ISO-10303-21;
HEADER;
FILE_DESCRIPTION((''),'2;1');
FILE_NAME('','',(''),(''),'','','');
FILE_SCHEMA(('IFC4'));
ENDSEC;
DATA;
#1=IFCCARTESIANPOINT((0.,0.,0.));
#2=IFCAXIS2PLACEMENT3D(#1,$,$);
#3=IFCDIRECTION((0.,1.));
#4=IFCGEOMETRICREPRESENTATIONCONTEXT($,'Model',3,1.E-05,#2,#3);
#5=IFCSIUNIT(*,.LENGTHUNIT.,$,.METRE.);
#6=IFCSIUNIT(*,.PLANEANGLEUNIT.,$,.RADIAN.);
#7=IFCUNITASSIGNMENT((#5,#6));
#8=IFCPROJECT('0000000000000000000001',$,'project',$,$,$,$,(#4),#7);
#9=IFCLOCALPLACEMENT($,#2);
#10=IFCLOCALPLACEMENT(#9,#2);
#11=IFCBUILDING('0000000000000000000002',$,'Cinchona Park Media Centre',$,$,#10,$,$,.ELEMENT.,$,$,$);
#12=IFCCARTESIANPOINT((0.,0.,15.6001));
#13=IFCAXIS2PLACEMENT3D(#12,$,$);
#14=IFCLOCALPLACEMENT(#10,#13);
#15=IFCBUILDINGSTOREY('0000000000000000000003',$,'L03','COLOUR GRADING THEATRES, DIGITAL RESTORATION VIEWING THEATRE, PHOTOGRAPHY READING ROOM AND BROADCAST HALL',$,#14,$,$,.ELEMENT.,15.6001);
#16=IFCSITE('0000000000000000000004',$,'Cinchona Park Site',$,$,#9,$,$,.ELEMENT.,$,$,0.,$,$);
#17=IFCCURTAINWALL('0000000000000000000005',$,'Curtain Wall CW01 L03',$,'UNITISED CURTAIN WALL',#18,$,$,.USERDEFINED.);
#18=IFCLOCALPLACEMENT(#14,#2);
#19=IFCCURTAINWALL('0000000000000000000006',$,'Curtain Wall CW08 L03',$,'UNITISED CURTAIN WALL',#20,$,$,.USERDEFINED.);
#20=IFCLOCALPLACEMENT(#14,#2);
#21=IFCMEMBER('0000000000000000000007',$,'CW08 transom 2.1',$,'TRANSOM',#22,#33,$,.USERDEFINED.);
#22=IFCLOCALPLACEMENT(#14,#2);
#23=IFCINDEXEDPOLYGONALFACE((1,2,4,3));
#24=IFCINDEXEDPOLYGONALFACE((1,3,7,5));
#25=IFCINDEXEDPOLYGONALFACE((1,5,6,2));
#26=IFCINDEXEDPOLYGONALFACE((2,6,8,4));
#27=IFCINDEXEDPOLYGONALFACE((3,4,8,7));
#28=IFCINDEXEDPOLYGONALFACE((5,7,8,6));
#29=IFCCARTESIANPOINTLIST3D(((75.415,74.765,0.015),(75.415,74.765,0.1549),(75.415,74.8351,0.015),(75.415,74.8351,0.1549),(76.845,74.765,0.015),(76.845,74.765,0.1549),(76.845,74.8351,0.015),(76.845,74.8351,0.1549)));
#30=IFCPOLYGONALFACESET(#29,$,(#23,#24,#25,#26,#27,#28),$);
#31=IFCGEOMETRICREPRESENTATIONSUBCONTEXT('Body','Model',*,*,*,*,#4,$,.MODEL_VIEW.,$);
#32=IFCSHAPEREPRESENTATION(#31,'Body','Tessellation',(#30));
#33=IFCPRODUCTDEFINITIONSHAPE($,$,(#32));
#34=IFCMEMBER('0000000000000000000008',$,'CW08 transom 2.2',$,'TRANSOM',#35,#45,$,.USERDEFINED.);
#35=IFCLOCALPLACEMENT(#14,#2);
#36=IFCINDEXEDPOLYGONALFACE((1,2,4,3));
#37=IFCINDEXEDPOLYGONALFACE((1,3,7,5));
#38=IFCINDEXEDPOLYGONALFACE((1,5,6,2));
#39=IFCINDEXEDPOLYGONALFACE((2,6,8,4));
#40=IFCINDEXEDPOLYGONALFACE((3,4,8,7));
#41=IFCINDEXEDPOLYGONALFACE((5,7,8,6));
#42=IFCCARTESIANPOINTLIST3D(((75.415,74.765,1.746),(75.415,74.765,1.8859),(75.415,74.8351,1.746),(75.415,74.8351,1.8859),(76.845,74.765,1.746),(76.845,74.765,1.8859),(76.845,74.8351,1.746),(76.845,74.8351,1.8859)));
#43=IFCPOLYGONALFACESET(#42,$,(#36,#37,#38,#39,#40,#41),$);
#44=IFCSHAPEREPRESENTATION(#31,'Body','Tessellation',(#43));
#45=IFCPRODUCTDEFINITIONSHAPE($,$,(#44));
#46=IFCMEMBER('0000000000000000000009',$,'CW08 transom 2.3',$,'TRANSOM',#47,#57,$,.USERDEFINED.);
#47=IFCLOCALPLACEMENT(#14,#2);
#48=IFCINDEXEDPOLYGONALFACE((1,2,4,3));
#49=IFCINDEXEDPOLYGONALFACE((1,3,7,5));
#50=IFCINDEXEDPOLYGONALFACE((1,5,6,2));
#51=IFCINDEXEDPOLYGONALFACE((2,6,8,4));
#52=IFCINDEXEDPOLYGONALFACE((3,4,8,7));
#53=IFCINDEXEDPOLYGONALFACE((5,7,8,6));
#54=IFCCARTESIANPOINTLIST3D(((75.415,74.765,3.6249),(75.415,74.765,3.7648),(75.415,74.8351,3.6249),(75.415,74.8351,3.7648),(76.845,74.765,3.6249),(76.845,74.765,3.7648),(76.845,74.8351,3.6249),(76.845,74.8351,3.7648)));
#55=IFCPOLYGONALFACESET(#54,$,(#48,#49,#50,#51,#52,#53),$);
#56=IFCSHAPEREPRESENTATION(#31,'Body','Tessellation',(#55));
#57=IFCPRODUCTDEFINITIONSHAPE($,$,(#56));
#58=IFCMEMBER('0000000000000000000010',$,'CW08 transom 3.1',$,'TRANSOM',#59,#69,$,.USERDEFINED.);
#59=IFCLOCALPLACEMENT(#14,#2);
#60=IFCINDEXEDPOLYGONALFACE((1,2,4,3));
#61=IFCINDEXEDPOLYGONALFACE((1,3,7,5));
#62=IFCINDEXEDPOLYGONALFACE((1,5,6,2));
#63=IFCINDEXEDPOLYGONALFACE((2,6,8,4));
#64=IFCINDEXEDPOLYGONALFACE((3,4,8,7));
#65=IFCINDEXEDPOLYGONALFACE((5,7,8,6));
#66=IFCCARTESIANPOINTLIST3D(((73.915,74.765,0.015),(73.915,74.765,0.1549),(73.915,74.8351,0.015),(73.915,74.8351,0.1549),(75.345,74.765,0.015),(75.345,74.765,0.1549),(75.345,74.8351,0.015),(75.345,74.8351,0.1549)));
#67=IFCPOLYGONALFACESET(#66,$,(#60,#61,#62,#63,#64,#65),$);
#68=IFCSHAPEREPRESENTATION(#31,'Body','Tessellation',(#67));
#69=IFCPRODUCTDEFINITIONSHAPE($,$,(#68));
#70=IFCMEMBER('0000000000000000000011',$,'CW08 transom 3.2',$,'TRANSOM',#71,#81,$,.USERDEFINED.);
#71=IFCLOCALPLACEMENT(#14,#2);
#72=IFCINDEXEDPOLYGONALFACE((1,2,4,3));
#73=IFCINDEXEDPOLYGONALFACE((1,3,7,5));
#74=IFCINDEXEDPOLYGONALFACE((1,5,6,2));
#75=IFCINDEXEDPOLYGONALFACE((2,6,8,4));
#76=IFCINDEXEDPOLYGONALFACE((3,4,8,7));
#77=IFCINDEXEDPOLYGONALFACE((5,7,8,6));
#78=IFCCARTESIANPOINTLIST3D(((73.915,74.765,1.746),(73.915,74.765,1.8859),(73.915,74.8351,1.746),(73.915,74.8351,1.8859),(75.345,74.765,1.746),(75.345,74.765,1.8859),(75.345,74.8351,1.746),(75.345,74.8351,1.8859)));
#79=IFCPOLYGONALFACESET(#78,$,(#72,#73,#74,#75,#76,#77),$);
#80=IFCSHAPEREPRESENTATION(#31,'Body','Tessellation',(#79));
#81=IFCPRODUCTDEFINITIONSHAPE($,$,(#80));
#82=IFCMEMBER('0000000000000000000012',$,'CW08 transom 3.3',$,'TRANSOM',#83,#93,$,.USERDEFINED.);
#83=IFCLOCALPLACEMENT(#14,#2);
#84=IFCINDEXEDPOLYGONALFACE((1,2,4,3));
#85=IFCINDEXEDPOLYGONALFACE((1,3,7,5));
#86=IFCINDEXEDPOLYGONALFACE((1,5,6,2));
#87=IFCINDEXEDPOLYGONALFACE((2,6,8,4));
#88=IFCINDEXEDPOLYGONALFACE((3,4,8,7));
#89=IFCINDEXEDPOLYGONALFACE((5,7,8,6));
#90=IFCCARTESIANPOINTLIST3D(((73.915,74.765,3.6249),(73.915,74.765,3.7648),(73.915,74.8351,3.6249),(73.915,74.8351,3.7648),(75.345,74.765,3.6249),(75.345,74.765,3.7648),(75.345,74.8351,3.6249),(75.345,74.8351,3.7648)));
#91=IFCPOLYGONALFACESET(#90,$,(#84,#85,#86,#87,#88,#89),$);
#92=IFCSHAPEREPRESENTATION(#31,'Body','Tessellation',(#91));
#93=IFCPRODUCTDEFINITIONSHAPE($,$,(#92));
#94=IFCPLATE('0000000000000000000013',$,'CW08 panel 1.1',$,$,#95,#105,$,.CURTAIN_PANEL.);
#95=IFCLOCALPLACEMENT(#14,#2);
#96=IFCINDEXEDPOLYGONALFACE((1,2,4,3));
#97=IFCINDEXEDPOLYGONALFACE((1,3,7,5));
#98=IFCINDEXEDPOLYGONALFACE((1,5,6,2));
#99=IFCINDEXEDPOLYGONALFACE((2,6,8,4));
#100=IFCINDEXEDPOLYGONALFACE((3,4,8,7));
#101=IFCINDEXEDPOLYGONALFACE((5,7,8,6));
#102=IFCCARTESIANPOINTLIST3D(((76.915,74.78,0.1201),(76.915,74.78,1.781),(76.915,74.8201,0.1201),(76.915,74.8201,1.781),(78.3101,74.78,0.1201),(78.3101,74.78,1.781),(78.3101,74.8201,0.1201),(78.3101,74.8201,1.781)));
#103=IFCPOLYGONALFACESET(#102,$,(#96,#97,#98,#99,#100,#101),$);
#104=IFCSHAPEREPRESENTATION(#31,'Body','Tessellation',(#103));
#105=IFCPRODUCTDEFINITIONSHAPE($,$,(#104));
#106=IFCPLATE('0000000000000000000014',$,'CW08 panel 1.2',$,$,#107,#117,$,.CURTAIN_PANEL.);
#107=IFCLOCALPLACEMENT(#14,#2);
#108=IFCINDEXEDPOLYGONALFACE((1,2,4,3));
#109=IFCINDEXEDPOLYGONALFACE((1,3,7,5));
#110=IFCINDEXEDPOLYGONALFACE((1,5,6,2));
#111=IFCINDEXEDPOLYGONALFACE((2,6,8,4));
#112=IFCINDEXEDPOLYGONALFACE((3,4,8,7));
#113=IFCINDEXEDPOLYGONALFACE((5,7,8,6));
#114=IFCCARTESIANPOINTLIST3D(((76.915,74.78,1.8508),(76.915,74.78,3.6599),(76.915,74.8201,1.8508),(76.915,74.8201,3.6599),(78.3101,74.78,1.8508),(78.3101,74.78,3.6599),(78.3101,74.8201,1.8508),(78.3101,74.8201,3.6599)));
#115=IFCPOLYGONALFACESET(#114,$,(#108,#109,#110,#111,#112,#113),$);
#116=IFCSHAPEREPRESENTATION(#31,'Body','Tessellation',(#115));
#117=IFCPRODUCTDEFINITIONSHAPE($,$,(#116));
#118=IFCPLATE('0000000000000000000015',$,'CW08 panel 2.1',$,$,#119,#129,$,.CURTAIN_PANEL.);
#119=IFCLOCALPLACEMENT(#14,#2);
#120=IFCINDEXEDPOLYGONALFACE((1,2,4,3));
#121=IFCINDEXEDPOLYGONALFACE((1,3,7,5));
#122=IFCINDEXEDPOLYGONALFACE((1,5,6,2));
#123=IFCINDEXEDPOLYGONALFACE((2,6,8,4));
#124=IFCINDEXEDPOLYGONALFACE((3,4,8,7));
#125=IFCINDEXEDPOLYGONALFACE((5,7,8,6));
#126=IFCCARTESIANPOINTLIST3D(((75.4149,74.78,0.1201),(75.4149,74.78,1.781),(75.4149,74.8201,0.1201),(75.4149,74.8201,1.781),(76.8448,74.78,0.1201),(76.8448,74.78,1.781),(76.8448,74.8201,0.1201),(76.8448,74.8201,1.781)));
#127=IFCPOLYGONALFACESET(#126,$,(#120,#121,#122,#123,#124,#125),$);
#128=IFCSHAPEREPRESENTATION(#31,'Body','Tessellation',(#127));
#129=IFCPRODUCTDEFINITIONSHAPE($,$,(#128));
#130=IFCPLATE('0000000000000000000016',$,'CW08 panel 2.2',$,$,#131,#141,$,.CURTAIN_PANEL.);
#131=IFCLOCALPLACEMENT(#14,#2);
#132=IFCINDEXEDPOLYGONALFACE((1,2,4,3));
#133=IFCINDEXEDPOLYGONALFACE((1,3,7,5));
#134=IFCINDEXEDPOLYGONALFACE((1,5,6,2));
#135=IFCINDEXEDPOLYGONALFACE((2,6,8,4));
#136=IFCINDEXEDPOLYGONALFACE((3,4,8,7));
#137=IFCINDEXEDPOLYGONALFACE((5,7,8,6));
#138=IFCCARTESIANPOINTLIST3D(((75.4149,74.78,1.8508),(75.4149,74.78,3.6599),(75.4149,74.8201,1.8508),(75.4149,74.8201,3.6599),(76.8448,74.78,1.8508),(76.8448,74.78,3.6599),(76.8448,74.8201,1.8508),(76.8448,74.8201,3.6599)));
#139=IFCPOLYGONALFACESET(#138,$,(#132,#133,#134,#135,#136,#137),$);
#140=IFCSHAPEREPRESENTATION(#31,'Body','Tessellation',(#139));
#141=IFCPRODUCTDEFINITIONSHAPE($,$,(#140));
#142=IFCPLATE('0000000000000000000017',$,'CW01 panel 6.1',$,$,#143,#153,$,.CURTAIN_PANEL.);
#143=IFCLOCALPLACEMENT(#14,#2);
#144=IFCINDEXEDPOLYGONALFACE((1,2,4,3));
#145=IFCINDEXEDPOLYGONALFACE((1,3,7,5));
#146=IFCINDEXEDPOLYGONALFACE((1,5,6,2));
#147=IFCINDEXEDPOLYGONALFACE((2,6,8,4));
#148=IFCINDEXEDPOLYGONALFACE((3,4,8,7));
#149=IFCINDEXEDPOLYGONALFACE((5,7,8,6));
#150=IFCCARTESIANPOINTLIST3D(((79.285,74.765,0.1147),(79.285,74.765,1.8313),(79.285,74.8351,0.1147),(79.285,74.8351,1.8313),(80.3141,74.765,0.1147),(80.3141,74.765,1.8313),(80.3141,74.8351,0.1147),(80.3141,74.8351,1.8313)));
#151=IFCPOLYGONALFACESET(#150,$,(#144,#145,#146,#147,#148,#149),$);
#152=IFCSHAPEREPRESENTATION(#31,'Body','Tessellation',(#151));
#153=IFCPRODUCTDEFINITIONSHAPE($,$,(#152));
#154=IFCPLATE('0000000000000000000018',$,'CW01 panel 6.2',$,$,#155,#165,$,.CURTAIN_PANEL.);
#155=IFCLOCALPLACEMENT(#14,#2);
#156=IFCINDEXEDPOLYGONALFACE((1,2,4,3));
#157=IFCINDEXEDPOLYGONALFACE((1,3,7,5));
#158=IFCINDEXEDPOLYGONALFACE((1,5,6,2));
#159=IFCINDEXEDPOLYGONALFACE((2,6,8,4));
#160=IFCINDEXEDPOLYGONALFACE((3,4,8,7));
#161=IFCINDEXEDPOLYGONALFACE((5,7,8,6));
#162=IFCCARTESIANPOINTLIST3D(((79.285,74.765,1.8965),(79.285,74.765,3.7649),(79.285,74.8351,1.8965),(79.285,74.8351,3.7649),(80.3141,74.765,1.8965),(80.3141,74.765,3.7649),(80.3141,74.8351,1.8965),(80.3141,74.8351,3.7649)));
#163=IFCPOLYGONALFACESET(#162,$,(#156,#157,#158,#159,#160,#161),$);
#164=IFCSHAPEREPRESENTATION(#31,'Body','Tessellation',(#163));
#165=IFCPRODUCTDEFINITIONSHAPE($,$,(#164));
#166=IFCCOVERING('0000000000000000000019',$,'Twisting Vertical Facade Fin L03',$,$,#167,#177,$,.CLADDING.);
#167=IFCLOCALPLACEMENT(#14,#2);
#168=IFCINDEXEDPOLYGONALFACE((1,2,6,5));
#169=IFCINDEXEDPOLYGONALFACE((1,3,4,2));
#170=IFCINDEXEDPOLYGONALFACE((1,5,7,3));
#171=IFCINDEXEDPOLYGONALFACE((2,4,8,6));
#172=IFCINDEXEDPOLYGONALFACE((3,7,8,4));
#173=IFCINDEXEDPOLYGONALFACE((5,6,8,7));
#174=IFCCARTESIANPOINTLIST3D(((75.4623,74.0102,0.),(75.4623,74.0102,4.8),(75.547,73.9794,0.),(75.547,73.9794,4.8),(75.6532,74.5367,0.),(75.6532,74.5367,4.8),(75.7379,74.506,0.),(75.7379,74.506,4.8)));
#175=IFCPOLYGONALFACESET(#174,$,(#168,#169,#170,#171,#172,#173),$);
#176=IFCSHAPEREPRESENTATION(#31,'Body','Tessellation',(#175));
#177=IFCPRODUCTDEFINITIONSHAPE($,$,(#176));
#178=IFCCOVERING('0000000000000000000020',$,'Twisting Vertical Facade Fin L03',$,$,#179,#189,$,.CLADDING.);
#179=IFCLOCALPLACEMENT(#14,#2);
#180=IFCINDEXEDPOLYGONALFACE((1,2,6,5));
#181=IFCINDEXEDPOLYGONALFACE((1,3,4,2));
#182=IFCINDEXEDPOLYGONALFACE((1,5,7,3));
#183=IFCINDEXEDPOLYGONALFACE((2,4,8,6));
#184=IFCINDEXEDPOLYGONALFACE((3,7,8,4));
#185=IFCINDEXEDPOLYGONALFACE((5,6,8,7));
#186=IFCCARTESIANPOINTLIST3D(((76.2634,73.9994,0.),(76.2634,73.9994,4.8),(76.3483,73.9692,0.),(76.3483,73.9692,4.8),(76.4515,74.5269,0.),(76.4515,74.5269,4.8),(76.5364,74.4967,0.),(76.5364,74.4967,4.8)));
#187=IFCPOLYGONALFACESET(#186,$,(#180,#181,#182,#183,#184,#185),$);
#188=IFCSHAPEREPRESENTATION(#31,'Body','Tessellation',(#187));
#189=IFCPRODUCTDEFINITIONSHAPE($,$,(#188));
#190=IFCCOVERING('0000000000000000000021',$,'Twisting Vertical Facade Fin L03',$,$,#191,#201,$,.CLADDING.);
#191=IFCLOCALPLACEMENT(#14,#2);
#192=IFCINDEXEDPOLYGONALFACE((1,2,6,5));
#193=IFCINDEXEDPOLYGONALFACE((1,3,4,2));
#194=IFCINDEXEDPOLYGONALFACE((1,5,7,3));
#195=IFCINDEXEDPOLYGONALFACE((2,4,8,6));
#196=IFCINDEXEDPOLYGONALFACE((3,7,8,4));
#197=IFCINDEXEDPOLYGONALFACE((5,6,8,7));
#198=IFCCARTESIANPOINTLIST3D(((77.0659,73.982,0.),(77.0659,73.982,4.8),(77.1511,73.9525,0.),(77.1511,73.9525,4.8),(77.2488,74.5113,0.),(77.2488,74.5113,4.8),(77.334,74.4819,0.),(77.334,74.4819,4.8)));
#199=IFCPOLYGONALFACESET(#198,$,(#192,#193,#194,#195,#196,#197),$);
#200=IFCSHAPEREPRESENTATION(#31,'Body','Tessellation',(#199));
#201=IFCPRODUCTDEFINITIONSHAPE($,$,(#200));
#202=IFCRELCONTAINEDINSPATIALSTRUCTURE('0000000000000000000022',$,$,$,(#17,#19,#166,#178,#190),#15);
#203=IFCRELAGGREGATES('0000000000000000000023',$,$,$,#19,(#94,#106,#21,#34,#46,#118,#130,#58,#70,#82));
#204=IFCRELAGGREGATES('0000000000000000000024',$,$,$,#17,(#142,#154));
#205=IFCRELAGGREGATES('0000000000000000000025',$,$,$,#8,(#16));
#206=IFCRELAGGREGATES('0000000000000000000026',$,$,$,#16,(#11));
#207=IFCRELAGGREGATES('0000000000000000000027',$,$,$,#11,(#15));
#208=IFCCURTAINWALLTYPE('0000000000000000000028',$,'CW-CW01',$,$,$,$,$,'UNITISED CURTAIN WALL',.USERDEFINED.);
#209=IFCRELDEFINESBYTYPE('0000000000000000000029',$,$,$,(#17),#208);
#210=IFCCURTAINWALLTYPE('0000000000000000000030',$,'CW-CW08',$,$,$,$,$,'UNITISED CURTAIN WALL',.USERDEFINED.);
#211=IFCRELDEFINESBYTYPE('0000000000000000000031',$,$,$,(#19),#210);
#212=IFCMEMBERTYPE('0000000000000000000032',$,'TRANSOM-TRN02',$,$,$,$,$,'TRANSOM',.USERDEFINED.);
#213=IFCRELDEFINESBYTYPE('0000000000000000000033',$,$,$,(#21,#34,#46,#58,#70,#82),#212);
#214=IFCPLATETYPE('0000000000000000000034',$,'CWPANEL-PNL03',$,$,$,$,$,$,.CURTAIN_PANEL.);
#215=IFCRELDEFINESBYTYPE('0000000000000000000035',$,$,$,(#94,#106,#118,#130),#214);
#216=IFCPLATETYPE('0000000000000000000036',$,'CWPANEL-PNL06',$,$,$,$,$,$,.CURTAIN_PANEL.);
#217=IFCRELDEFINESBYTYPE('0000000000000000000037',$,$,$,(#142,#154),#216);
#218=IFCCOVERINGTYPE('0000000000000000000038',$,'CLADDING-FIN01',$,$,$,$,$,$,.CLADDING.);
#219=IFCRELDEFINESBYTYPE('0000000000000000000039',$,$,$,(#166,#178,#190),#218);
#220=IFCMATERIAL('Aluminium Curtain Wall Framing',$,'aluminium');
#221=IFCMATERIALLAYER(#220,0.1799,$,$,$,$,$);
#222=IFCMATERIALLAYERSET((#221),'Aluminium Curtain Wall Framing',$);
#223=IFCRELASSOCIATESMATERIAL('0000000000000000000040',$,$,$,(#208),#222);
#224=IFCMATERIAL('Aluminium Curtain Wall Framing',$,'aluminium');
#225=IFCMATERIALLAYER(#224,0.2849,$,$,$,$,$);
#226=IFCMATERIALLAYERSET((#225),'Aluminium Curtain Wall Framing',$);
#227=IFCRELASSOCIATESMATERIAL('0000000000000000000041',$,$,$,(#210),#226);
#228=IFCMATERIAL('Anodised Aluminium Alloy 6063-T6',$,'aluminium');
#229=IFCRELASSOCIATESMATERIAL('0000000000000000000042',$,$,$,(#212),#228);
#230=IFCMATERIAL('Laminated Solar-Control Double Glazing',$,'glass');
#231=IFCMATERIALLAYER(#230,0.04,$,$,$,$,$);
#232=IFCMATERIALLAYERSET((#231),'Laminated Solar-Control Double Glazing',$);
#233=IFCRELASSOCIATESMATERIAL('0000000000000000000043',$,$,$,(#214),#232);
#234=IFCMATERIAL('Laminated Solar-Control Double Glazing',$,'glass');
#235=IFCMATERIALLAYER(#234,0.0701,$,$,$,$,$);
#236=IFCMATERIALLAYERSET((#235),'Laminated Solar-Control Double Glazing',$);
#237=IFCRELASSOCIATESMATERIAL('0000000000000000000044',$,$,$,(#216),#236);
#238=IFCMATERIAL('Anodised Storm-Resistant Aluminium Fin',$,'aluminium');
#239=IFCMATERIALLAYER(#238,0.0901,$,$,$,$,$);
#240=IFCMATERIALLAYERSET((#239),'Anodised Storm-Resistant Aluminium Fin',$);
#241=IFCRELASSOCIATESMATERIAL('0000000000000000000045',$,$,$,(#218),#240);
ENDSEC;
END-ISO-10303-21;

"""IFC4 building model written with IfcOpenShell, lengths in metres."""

from ifc_helpers import new_model, si_unit, direction, frame, origin, origin_2d, place, context, subcontext, project, spatial, rectangle, extrude, material, layer, layer_set, material_profile, profile_set, type_object, element, aggregate, save


model = new_model("IFC4")

# Units and contexts
model_context = context("Model", 3, precision=1e-05, world=origin(), true_north=direction((0.0, 1.0)))
body_context = subcontext(model_context, "Body", "Model", "MODEL_VIEW")
ifc_project = project(units=[si_unit("LENGTHUNIT", "METRE"), si_unit("PLANEANGLEUNIT", "RADIAN")], contexts=[model_context])

# Site, building, storey
site_placement = place(None, origin())
site = spatial("IfcSite", under=ifc_project, at=site_placement, Name="Cinchona Park Site", CompositionType="ELEMENT", RefElevation=0.0)
building_placement = place(site_placement, origin())
building = spatial("IfcBuilding", under=site, at=building_placement, Name="Cinchona Park Media Centre", CompositionType="ELEMENT")
storey_placement = place(building_placement, frame((0.0, 0.0, 15.6001)))
storey = spatial("IfcBuildingStorey", under=building, at=storey_placement, Name="L03", Description="COLOUR GRADING THEATRES, DIGITAL RESTORATION VIEWING THEATRE, PHOTOGRAPHY READING ROOM AND BROADCAST HALL", CompositionType="ELEMENT", Elevation=15.6001)

# Curtain walls
ifc_material_1 = material(Name="Aluminium Curtain Wall Framing", Category="aluminium")
ifc_layer_1 = layer(ifc_material_1, 0.1799)
ifc_layer_set_1 = layer_set([ifc_layer_1], Name="Aluminium Curtain Wall Framing")
curtain_wall_type_1 = type_object("IfcCurtainWallType", Name="CW-CW01", ElementType="UNITISED CURTAIN WALL", PredefinedType="USERDEFINED", material=ifc_layer_set_1)
curtain_wall_1_placement = place(storey_placement, origin())
curtain_wall_1 = element("IfcCurtainWall", 1, at=curtain_wall_1_placement, inside=storey, type_object=curtain_wall_type_1, Name="Curtain Wall CW01 L03", ObjectType="UNITISED CURTAIN WALL", PredefinedType="USERDEFINED")
ifc_material_2 = material(Name="Aluminium Curtain Wall Framing", Category="aluminium")
ifc_layer_2 = layer(ifc_material_2, 0.2849)
ifc_layer_set_2 = layer_set([ifc_layer_2], Name="Aluminium Curtain Wall Framing")
curtain_wall_type_2 = type_object("IfcCurtainWallType", Name="CW-CW08", ElementType="UNITISED CURTAIN WALL", PredefinedType="USERDEFINED", material=ifc_layer_set_2)
curtain_wall_2_placement = place(storey_placement, origin())
curtain_wall_2 = element("IfcCurtainWall", 2, at=curtain_wall_2_placement, inside=storey, type_object=curtain_wall_type_2, Name="Curtain Wall CW08 L03", ObjectType="UNITISED CURTAIN WALL", PredefinedType="USERDEFINED")

# Members
ifc_material_3 = material(Name="Anodised Aluminium Alloy 6063-T6", Category="aluminium")
ifc_material_profile_1 = material_profile(ifc_material_3, rectangle(XDim=0.0701, YDim=0.1399, at=origin_2d()), Name="TRN-70X140")
ifc_profile_set_1 = profile_set([ifc_material_profile_1], Name="Anodised Aluminium Alloy 6063-T6")
member_type_1 = type_object("IfcMemberType", Name="TRANSOM-TRN02", ElementType="TRANSOM", PredefinedType="USERDEFINED", material=ifc_profile_set_1)
member_1_placement = place(storey_placement, frame((76.845, 74.8, 0.085), z_axis=(-1.0, 0.0, 0.0), x_axis=(0.0, -1.0, 0.0)))
member_1 = element("IfcMember", 3, at=member_1_placement, type_object=member_type_1, Name="CW08 transom 2.1", ObjectType="TRANSOM", PredefinedType="USERDEFINED", context=body_context, shape_type="SweptSolid", body=[
    extrude(rectangle(XDim=0.0701, YDim=0.1399, at=origin_2d()), origin(), (0.0, 0.0, 1.0), 1.4299),
])
member_2_placement = place(storey_placement, frame((76.845, 74.8, 1.8159), z_axis=(-1.0, 0.0, 0.0), x_axis=(0.0, -1.0, 0.0)))
member_2 = element("IfcMember", 4, at=member_2_placement, type_object=member_type_1, Name="CW08 transom 2.2", ObjectType="TRANSOM", PredefinedType="USERDEFINED", context=body_context, shape_type="SweptSolid", body=[
    extrude(rectangle(XDim=0.0701, YDim=0.1399, at=origin_2d()), origin(), (0.0, 0.0, 1.0), 1.4299),
])
member_3_placement = place(storey_placement, frame((76.845, 74.8, 3.6948), z_axis=(-1.0, 0.0, 0.0), x_axis=(0.0, -1.0, 0.0)))
member_3 = element("IfcMember", 5, at=member_3_placement, type_object=member_type_1, Name="CW08 transom 2.3", ObjectType="TRANSOM", PredefinedType="USERDEFINED", context=body_context, shape_type="SweptSolid", body=[
    extrude(rectangle(XDim=0.0701, YDim=0.1399, at=origin_2d()), origin(), (0.0, 0.0, 1.0), 1.4299),
])
member_4_placement = place(storey_placement, frame((75.345, 74.8, 0.085), z_axis=(-1.0, 0.0, 0.0), x_axis=(0.0, -1.0, 0.0)))
member_4 = element("IfcMember", 6, at=member_4_placement, type_object=member_type_1, Name="CW08 transom 3.1", ObjectType="TRANSOM", PredefinedType="USERDEFINED", context=body_context, shape_type="SweptSolid", body=[
    extrude(rectangle(XDim=0.0701, YDim=0.1399, at=origin_2d()), origin(), (0.0, 0.0, 1.0), 1.4299),
])
member_5_placement = place(storey_placement, frame((75.345, 74.8, 1.8159), z_axis=(-1.0, 0.0, 0.0), x_axis=(0.0, -1.0, 0.0)))
member_5 = element("IfcMember", 7, at=member_5_placement, type_object=member_type_1, Name="CW08 transom 3.2", ObjectType="TRANSOM", PredefinedType="USERDEFINED", context=body_context, shape_type="SweptSolid", body=[
    extrude(rectangle(XDim=0.0701, YDim=0.1399, at=origin_2d()), origin(), (0.0, 0.0, 1.0), 1.4299),
])
member_6_placement = place(storey_placement, frame((75.345, 74.8, 3.6948), z_axis=(-1.0, 0.0, 0.0), x_axis=(0.0, -1.0, 0.0)))
member_6 = element("IfcMember", 8, at=member_6_placement, type_object=member_type_1, Name="CW08 transom 3.3", ObjectType="TRANSOM", PredefinedType="USERDEFINED", context=body_context, shape_type="SweptSolid", body=[
    extrude(rectangle(XDim=0.0701, YDim=0.1399, at=origin_2d()), origin(), (0.0, 0.0, 1.0), 1.4299),
])

# Plates
ifc_material_4 = material(Name="Laminated Solar-Control Double Glazing", Category="glass")
ifc_layer_3 = layer(ifc_material_4, 0.04)
ifc_layer_set_3 = layer_set([ifc_layer_3], Name="Laminated Solar-Control Double Glazing")
plate_type_1 = type_object("IfcPlateType", Name="CWPANEL-PNL03", PredefinedType="CURTAIN_PANEL", material=ifc_layer_set_3)
plate_1_placement = place(storey_placement, frame((77.6125, 74.8, 0.1201), z_axis=(0.0, 0.0, 1.0), x_axis=(-1.0, 0.0, 0.0)))
plate_1 = element("IfcPlate", 9, at=plate_1_placement, type_object=plate_type_1, Name="CW08 panel 1.1", PredefinedType="CURTAIN_PANEL", context=body_context, shape_type="SweptSolid", body=[
    extrude(rectangle(XDim=1.395, YDim=0.04, at=origin_2d()), origin(), (0.0, 0.0, 1.0), 1.6609),
])
plate_2_placement = place(storey_placement, frame((77.6125, 74.8, 1.8508), z_axis=(0.0, 0.0, 1.0), x_axis=(-1.0, 0.0, 0.0)))
plate_2 = element("IfcPlate", 10, at=plate_2_placement, type_object=plate_type_1, Name="CW08 panel 1.2", PredefinedType="CURTAIN_PANEL", context=body_context, shape_type="SweptSolid", body=[
    extrude(rectangle(XDim=1.395, YDim=0.04, at=origin_2d()), origin(), (0.0, 0.0, 1.0), 1.8091),
])
plate_3_placement = place(storey_placement, frame((76.1299, 74.8, 0.1201), z_axis=(0.0, 0.0, 1.0), x_axis=(-1.0, 0.0, 0.0)))
plate_3 = element("IfcPlate", 11, at=plate_3_placement, type_object=plate_type_1, Name="CW08 panel 2.1", PredefinedType="CURTAIN_PANEL", context=body_context, shape_type="SweptSolid", body=[
    extrude(rectangle(XDim=1.4299, YDim=0.04, at=origin_2d()), origin(), (0.0, 0.0, 1.0), 1.6609),
])
plate_4_placement = place(storey_placement, frame((76.1299, 74.8, 1.8508), z_axis=(0.0, 0.0, 1.0), x_axis=(-1.0, 0.0, 0.0)))
plate_4 = element("IfcPlate", 12, at=plate_4_placement, type_object=plate_type_1, Name="CW08 panel 2.2", PredefinedType="CURTAIN_PANEL", context=body_context, shape_type="SweptSolid", body=[
    extrude(rectangle(XDim=1.4299, YDim=0.04, at=origin_2d()), origin(), (0.0, 0.0, 1.0), 1.8091),
])
aggregate(curtain_wall_2, [plate_1, plate_2, member_1, member_2, member_3, plate_3, plate_4, member_4, member_5, member_6])
ifc_material_5 = material(Name="Laminated Solar-Control Double Glazing", Category="glass")
ifc_layer_4 = layer(ifc_material_5, 0.0701)
ifc_layer_set_4 = layer_set([ifc_layer_4], Name="Laminated Solar-Control Double Glazing")
plate_type_2 = type_object("IfcPlateType", Name="CWPANEL-PNL06", PredefinedType="CURTAIN_PANEL", material=ifc_layer_set_4)
plate_5_placement = place(storey_placement, frame((79.7996, 74.8, 0.1147), z_axis=(0.0, 0.0, 1.0), x_axis=(-1.0, 0.0, 0.0)))
plate_5 = element("IfcPlate", 13, at=plate_5_placement, type_object=plate_type_2, Name="CW01 panel 6.1", PredefinedType="CURTAIN_PANEL", context=body_context, shape_type="SweptSolid", body=[
    extrude(rectangle(XDim=1.0291, YDim=0.0701, at=origin_2d()), origin(), (0.0, 0.0, 1.0), 1.7166),
])
plate_6_placement = place(storey_placement, frame((79.7996, 74.8, 1.8965), z_axis=(0.0, 0.0, 1.0), x_axis=(-1.0, 0.0, 0.0)))
plate_6 = element("IfcPlate", 14, at=plate_6_placement, type_object=plate_type_2, Name="CW01 panel 6.2", PredefinedType="CURTAIN_PANEL", context=body_context, shape_type="SweptSolid", body=[
    extrude(rectangle(XDim=1.0291, YDim=0.0701, at=origin_2d()), origin(), (0.0, 0.0, 1.0), 1.8684),
])
aggregate(curtain_wall_1, [plate_5, plate_6])

# Coverings
ifc_material_6 = material(Name="Anodised Storm-Resistant Aluminium Fin", Category="aluminium")
ifc_layer_5 = layer(ifc_material_6, 0.0901)
ifc_layer_set_5 = layer_set([ifc_layer_5], Name="Anodised Storm-Resistant Aluminium Fin")
covering_type = type_object("IfcCoveringType", Name="CLADDING-FIN01", PredefinedType="CLADDING", material=ifc_layer_set_5)
for number, where, z_axis, x_axis, name in (
    (15, (75.6001, 74.2581, 0.0), (0.0, 0.0, 1.0), (0.340872, 0.94011, 0.0), "Twisting Vertical Facade Fin L03"),
    (16, (76.3999, 74.248, 0.0), (0.0, 0.0, 1.0), (0.33578, 0.94194, 0.0), "Twisting Vertical Facade Fin L03"),
    (17, (77.2, 74.2319, 0.0), (0.0, 0.0, 1.0), (0.326558, 0.945177, 0.0), "Twisting Vertical Facade Fin L03"),
):
    element("IfcCovering", number, at=place(storey_placement, frame(where, z_axis=z_axis, x_axis=x_axis)), inside=storey, type_object=covering_type, Name=name, PredefinedType="CLADDING", context=body_context, shape_type="SweptSolid", body=[
        extrude(rectangle(XDim=0.5601, YDim=0.0901, at=origin_2d()), origin(), (0.0, 0.0, 1.0), 4.8),
    ])

save(model, "model.ifc")
